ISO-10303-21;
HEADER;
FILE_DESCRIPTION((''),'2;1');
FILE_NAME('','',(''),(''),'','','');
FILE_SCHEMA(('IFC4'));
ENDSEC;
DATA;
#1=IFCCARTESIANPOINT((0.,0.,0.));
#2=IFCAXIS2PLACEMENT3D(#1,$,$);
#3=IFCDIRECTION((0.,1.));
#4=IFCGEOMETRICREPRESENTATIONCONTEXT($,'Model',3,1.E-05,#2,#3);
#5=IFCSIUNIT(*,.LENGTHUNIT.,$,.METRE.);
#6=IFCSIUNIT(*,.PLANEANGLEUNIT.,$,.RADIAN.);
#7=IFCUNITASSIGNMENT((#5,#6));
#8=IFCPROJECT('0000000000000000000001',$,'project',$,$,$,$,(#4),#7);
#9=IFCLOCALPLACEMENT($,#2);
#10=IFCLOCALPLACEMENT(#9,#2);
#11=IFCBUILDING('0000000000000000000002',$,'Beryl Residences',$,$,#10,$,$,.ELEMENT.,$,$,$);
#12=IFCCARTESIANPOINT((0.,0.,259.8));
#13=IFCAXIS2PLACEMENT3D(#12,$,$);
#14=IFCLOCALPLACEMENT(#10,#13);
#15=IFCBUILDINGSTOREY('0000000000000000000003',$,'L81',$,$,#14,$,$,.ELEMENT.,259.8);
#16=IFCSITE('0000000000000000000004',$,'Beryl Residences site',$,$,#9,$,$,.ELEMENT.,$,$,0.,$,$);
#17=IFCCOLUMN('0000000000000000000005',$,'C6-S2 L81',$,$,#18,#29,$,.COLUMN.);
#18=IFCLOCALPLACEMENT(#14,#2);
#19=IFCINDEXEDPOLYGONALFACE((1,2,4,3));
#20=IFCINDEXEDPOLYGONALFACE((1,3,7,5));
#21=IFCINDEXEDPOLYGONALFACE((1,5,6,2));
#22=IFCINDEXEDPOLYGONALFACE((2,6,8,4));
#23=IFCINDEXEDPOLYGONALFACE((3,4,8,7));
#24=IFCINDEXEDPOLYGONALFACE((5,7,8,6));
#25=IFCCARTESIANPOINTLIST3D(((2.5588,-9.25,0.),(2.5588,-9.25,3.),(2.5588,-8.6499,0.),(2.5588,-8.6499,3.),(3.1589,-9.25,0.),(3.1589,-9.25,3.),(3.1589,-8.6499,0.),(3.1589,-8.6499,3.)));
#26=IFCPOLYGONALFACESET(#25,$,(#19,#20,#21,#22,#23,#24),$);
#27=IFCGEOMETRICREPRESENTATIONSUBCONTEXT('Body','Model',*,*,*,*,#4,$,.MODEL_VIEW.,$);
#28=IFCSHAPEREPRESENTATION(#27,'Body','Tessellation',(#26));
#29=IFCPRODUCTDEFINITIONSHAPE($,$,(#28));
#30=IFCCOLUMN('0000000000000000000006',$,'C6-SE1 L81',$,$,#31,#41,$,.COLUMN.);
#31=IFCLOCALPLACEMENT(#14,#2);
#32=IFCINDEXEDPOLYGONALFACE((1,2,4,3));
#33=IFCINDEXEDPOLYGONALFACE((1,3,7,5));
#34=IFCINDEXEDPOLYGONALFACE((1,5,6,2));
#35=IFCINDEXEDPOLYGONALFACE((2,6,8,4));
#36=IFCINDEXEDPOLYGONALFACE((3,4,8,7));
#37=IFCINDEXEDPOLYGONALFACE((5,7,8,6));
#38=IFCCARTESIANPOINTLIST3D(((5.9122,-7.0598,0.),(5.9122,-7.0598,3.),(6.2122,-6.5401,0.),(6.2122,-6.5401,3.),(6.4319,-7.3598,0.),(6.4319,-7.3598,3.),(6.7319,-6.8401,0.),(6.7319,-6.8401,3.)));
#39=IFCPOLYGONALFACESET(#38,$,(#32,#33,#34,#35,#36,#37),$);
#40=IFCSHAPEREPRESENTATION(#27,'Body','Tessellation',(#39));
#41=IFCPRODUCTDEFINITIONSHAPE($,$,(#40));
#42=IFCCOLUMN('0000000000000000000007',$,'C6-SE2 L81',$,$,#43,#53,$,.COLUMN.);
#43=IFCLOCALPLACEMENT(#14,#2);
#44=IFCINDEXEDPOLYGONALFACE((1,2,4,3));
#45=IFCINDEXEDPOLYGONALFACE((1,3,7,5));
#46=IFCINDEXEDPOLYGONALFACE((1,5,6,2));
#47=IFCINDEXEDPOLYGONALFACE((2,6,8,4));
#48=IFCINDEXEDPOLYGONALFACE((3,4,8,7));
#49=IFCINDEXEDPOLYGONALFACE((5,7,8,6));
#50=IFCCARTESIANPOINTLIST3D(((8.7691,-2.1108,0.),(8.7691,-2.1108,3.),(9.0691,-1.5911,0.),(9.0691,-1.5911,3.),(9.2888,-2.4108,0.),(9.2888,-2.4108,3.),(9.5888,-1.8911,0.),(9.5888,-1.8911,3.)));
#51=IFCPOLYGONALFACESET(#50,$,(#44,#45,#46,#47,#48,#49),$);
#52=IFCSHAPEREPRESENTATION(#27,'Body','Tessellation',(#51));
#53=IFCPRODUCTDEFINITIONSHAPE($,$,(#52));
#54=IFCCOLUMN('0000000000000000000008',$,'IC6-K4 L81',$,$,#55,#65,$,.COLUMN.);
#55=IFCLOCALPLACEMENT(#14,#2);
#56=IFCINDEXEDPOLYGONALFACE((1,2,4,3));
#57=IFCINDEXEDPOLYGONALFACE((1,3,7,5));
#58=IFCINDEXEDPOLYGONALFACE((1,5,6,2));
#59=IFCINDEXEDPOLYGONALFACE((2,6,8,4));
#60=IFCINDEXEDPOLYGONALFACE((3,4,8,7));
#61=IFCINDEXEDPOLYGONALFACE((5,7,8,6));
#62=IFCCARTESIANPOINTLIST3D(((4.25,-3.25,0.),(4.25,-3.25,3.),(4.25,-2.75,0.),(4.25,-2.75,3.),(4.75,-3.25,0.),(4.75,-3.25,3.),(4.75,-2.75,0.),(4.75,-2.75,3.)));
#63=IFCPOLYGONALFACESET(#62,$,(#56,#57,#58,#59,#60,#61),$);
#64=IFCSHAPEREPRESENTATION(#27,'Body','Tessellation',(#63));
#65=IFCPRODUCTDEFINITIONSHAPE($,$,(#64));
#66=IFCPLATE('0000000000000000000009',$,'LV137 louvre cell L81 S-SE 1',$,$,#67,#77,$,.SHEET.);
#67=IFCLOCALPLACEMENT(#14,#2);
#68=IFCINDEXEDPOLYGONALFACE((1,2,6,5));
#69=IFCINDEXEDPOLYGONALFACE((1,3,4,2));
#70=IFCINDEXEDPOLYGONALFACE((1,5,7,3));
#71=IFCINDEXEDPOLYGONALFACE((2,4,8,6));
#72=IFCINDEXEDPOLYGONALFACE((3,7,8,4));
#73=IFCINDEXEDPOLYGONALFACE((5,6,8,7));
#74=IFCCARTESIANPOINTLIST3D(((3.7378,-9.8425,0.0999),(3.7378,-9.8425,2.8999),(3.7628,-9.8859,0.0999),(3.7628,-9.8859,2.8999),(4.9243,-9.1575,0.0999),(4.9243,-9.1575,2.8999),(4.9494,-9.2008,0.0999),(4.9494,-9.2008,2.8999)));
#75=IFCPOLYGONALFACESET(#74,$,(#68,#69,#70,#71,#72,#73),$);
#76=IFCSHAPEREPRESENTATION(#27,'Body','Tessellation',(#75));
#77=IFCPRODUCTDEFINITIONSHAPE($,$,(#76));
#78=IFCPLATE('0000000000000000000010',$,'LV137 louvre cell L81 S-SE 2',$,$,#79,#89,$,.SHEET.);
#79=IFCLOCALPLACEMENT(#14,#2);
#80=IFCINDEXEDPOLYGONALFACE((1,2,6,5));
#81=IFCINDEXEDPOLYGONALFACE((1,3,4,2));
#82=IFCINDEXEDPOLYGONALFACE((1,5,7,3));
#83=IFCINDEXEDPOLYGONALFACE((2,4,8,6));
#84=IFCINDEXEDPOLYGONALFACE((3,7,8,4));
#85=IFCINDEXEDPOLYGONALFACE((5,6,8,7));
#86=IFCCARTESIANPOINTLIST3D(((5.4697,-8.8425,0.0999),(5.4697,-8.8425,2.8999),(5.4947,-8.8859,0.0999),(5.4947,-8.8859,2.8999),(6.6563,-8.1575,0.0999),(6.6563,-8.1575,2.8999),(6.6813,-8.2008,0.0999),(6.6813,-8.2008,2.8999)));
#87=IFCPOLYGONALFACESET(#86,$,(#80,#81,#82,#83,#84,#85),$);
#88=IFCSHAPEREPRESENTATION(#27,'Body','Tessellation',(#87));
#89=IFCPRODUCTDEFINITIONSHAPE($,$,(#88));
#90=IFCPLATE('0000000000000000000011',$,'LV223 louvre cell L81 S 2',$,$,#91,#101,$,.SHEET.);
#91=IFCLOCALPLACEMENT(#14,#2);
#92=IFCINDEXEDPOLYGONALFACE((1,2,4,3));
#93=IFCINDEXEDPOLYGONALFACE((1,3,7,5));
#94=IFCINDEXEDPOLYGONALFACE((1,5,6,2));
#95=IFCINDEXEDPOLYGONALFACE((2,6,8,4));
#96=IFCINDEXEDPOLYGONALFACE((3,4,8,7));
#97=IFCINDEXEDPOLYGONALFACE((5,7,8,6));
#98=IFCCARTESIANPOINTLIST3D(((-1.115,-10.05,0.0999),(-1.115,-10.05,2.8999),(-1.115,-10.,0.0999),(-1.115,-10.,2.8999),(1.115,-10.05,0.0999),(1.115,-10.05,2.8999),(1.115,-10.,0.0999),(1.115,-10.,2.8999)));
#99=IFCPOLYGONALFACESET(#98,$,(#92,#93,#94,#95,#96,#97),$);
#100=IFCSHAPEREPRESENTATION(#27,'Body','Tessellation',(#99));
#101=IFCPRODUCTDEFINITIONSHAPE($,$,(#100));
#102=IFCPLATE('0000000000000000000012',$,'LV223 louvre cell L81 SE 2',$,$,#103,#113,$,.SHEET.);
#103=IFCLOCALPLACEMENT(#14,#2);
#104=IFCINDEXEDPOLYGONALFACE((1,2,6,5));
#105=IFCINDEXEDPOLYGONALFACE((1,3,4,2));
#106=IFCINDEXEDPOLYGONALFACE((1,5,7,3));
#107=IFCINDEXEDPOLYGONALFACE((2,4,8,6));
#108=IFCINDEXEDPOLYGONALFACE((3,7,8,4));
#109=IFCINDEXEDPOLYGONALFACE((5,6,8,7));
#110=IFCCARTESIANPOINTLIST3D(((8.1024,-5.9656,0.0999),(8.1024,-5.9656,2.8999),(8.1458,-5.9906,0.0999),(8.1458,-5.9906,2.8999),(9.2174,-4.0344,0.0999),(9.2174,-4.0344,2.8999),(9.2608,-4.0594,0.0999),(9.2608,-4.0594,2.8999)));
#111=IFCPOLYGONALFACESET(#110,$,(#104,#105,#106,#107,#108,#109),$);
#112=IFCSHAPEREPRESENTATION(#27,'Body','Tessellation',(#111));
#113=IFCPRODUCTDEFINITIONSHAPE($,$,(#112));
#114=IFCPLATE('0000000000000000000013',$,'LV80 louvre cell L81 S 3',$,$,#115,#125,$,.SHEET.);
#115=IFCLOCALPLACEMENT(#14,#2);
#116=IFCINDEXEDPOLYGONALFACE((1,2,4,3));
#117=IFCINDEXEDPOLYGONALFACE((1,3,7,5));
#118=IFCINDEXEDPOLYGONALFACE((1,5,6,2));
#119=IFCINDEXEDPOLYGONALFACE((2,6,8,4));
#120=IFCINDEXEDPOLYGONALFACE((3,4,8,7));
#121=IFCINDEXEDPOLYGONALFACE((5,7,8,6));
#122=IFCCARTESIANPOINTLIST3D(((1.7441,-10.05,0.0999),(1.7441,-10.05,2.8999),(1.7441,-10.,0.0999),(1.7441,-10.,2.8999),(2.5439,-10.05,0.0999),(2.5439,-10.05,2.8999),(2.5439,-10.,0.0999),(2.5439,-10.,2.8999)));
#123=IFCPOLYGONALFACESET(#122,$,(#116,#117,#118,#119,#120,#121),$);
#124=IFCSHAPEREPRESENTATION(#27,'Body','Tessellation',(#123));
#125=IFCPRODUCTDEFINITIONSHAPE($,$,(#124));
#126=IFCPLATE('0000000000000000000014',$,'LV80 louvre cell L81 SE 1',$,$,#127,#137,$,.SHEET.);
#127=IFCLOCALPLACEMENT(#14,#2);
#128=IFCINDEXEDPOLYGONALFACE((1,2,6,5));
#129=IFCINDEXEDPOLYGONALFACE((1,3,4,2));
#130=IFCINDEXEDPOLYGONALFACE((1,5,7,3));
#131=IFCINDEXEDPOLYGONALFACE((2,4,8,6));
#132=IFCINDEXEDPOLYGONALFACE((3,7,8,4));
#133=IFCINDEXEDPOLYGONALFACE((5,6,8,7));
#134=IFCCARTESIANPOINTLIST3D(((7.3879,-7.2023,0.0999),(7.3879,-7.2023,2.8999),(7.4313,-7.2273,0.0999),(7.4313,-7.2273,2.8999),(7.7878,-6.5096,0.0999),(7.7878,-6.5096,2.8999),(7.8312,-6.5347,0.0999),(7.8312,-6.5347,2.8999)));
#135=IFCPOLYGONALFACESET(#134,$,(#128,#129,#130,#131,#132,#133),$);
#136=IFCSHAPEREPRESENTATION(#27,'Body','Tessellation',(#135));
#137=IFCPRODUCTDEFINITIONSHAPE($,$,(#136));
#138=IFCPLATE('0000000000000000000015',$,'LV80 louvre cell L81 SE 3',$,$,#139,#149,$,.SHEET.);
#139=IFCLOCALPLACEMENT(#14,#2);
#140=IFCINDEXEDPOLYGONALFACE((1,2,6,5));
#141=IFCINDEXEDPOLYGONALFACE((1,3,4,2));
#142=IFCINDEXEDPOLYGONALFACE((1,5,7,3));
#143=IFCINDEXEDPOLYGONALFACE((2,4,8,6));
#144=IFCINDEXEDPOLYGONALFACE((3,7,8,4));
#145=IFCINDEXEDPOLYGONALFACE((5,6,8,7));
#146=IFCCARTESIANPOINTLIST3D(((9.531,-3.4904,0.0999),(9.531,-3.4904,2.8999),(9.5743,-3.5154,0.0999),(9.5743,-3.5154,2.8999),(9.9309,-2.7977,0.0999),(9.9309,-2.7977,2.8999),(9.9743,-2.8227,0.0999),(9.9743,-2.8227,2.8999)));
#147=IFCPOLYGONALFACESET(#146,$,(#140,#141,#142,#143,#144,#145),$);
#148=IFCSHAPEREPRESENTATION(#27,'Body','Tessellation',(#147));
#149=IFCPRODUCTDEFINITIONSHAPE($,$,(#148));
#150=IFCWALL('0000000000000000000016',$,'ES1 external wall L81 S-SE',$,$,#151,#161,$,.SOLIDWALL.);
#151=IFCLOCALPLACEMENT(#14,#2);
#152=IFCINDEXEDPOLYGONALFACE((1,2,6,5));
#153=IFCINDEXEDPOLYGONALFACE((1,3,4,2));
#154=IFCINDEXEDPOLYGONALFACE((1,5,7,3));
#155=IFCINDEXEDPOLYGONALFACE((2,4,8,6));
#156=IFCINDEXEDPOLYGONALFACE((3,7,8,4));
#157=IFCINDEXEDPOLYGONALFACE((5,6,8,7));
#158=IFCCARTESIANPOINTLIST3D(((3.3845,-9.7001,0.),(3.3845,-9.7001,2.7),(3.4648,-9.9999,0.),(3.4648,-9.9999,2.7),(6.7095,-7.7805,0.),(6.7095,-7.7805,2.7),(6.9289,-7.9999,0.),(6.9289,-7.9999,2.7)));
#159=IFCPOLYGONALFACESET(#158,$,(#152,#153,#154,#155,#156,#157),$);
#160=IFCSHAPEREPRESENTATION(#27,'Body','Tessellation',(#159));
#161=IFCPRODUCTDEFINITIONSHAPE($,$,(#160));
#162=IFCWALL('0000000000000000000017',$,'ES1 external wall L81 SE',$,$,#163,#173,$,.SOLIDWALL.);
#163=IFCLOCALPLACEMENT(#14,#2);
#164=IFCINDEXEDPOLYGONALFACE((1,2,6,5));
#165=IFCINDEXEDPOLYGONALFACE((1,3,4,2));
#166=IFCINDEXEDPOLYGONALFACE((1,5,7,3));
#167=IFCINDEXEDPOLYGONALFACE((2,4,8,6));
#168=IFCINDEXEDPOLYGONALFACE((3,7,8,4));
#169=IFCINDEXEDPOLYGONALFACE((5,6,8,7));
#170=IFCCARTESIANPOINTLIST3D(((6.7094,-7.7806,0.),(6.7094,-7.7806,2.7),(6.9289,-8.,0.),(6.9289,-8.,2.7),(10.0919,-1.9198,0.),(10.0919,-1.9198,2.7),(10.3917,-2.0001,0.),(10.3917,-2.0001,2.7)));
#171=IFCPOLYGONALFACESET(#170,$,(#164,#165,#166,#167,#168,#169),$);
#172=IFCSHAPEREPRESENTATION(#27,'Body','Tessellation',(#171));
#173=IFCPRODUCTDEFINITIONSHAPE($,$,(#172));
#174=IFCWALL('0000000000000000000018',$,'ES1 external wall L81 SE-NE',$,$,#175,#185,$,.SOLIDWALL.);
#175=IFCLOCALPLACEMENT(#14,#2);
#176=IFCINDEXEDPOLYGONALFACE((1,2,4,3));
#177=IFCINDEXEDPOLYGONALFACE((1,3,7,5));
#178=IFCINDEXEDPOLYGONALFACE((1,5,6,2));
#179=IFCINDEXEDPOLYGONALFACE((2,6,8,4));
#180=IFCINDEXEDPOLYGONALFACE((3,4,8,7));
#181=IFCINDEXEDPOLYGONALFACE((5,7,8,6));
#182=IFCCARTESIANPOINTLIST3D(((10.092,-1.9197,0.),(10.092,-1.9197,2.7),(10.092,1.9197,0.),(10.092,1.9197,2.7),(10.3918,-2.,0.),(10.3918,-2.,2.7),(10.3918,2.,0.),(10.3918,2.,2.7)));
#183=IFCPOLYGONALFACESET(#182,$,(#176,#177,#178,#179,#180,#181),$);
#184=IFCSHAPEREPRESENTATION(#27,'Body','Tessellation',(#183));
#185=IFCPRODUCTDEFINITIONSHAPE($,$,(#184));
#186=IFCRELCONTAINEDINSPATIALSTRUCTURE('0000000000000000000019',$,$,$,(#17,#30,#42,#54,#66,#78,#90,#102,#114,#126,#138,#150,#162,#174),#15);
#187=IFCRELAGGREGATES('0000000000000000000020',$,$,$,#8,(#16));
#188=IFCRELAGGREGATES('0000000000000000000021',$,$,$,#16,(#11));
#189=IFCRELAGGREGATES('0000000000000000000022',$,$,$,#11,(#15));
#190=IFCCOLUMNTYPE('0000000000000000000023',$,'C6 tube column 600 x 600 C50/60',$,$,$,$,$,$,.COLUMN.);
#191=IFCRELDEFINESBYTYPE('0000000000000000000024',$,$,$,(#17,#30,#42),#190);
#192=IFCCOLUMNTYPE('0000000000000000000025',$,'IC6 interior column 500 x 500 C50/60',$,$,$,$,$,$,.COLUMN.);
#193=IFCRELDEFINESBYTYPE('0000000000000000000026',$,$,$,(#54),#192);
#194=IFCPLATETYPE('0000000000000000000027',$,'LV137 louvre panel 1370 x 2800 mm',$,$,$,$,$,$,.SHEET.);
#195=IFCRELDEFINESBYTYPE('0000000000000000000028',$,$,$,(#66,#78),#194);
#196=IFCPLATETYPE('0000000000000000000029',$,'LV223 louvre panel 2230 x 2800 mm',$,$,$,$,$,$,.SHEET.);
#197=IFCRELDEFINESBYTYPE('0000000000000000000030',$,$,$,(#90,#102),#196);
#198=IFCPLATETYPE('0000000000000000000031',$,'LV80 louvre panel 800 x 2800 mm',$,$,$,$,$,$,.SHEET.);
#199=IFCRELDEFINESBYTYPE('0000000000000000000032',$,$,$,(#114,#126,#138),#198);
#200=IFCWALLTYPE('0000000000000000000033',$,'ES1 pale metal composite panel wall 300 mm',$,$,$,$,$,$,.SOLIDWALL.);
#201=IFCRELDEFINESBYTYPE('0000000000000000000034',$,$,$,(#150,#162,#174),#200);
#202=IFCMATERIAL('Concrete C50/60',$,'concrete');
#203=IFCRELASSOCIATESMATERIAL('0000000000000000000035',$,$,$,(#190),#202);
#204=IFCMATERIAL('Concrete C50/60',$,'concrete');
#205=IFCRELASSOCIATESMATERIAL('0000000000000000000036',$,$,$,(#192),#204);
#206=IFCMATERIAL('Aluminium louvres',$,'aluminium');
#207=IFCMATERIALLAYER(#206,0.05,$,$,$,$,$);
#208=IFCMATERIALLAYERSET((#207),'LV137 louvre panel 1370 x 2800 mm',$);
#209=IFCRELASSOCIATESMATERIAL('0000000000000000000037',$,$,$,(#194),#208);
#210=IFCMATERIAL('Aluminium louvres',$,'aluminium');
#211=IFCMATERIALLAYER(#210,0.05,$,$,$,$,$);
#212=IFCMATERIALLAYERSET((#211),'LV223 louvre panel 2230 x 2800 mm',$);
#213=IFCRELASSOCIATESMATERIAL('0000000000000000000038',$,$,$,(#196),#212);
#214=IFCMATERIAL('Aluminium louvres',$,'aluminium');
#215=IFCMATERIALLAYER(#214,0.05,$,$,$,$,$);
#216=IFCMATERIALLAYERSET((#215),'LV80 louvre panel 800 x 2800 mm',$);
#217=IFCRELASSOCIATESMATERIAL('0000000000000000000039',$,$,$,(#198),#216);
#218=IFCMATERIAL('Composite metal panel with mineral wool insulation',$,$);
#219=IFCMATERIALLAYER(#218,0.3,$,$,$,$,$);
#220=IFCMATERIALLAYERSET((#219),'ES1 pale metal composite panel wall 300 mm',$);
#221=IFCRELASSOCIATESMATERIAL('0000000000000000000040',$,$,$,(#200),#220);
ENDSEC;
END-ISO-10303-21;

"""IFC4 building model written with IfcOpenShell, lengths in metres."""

from ifc_helpers import new_model, si_unit, direction, frame, origin, origin_2d, place, context, subcontext, project, spatial, polyline, rectangle, outline, extrude, source, transform, mapped, material, layer, layer_set, material_profile, profile_set, type_object, type_shapes, element, save


model = new_model("IFC4")

# Units and contexts
model_context = context("Model", 3, precision=1e-05, world=origin(), true_north=direction((0.0, 1.0)))
body_context = subcontext(model_context, "Body", "Model", "MODEL_VIEW")
ifc_project = project(units=[si_unit("LENGTHUNIT", "METRE"), si_unit("PLANEANGLEUNIT", "RADIAN")], contexts=[model_context])

# Site, building, storey
site_placement = place(None, origin())
site = spatial("IfcSite", under=ifc_project, at=site_placement, Name="Beryl Residences site", CompositionType="ELEMENT", RefElevation=0.0)
building_placement = place(site_placement, origin())
building = spatial("IfcBuilding", under=site, at=building_placement, Name="Beryl Residences", CompositionType="ELEMENT")
storey_placement = place(building_placement, frame((0.0, 0.0, 259.8)))
storey = spatial("IfcBuildingStorey", under=building, at=storey_placement, Name="L81", CompositionType="ELEMENT", Elevation=259.8)

# Columns
ifc_material_1 = material(Name="Concrete C50/60", Category="concrete")
ifc_material_profile_1 = material_profile(ifc_material_1, rectangle(XDim=0.6001, YDim=0.6001, at=origin_2d()))
ifc_profile_set_1 = profile_set([ifc_material_profile_1], Name="Concrete C50/60")
column_type_1 = type_object("IfcColumnType", Name="C6 tube column 600 x 600 C50/60", PredefinedType="COLUMN", material=ifc_profile_set_1)
for number, where, z_axis, x_axis, name in (
    (1, (2.8589, -8.95, 0.0), (0.0, 0.0, 1.0), (1.0, 0.0, 0.0), "C6-S2 L81"),
    (2, (6.322, -6.95, 0.0), (0.0, 0.0, 1.0), (0.49997, 0.866043, 0.0), "C6-SE1 L81"),
    (3, (9.179, -2.001, 0.0), (0.0, 0.0, 1.0), (0.49997, 0.866043, 0.0), "C6-SE2 L81"),
):
    element("IfcColumn", number, at=place(storey_placement, frame(where, z_axis=z_axis, x_axis=x_axis)), inside=storey, type_object=column_type_1, Name=name, PredefinedType="COLUMN", context=body_context, shape_type="SweptSolid", body=[
        extrude(rectangle(XDim=0.6001, YDim=0.6001, at=origin_2d()), origin(), (0.0, 0.0, 1.0), 3.0),
    ])
ifc_material_2 = material(Name="Concrete C50/60", Category="concrete")
ifc_material_profile_2 = material_profile(ifc_material_2, rectangle(XDim=0.5, YDim=0.5, at=origin_2d()))
ifc_profile_set_2 = profile_set([ifc_material_profile_2], Name="Concrete C50/60")
column_type_2 = type_object("IfcColumnType", Name="IC6 interior column 500 x 500 C50/60", PredefinedType="COLUMN", material=ifc_profile_set_2)
column_placement = place(storey_placement, frame((4.5, -3.0, 0.0), z_axis=(0.0, 0.0, 1.0), x_axis=(1.0, 0.0, 0.0)))
element("IfcColumn", 4, at=column_placement, inside=storey, type_object=column_type_2, Name="IC6-K4 L81", PredefinedType="COLUMN", context=body_context, shape_type="SweptSolid", body=[
    extrude(rectangle(XDim=0.5, YDim=0.5, at=origin_2d()), origin(), (0.0, 0.0, 1.0), 3.0),
])

# Plates
ifc_material_3 = material(Name="Aluminium louvres", Category="aluminium")
ifc_layer_1 = layer(ifc_material_3, 0.05)
ifc_layer_set_1 = layer_set([ifc_layer_1], Name="LV137 louvre panel 1370 x 2800 mm")
plate_type_1 = type_object("IfcPlateType", Name="LV137 louvre panel 1370 x 2800 mm", PredefinedType="SHEET", material=ifc_layer_set_1)
shared_shape_1 = source(origin(), body_context, "Body", "SweptSolid", [
    extrude(outline(polyline([(-0.6851, 0.0), (0.6851, 0.0), (0.6851, 0.05), (-0.6851, 0.05), (-0.6851, 0.0)])), origin(), (0.0, 0.0, 1.0), 2.8),
])
type_shapes(plate_type_1, [shared_shape_1])
for number, where, z_axis, x_axis, name in (
    (5, (4.3311, -9.5, 0.0999), (0.0, 0.0, 1.0), (-0.866025, -0.5, 0.0), "LV137 louvre cell L81 S-SE 1"),
    (6, (6.063, -8.5, 0.0999), (0.0, 0.0, 1.0), (-0.866025, -0.5, 0.0), "LV137 louvre cell L81 S-SE 2"),
):
    element("IfcPlate", number, at=place(storey_placement, frame(where, z_axis=z_axis, x_axis=x_axis)), inside=storey, type_object=plate_type_1, Name=name, PredefinedType="SHEET", context=body_context, shape_type="MappedRepresentation", body=[
        mapped(shared_shape_1, transform((0.0, 0.0, 0.0))),
    ])
ifc_material_4 = material(Name="Aluminium louvres", Category="aluminium")
ifc_layer_2 = layer(ifc_material_4, 0.05)
ifc_layer_set_2 = layer_set([ifc_layer_2], Name="LV223 louvre panel 2230 x 2800 mm")
plate_type_2 = type_object("IfcPlateType", Name="LV223 louvre panel 2230 x 2800 mm", PredefinedType="SHEET", material=ifc_layer_set_2)
shared_shape_2 = source(origin(), body_context, "Body", "SweptSolid", [
    extrude(outline(polyline([(-1.115, 0.0), (1.115, 0.0), (1.115, 0.05), (-1.115, 0.05), (-1.115, 0.0)])), origin(), (0.0, 0.0, 1.0), 2.8),
])
type_shapes(plate_type_2, [shared_shape_2])
for number, where, z_axis, x_axis, name in (
    (7, (0.0, -10.0, 0.0999), (0.0, 0.0, 1.0), (-1.0, 0.0, 0.0), "LV223 louvre cell L81 S 2"),
    (8, (8.6599, -5.0, 0.0999), (0.0, 0.0, 1.0), (-0.5, -0.866025, 0.0), "LV223 louvre cell L81 SE 2"),
):
    element("IfcPlate", number, at=place(storey_placement, frame(where, z_axis=z_axis, x_axis=x_axis)), inside=storey, type_object=plate_type_2, Name=name, PredefinedType="SHEET", context=body_context, shape_type="MappedRepresentation", body=[
        mapped(shared_shape_2, transform((0.0, 0.0, 0.0))),
    ])
ifc_material_5 = material(Name="Aluminium louvres", Category="aluminium")
ifc_layer_3 = layer(ifc_material_5, 0.05)
ifc_layer_set_3 = layer_set([ifc_layer_3], Name="LV80 louvre panel 800 x 2800 mm")
plate_type_3 = type_object("IfcPlateType", Name="LV80 louvre panel 800 x 2800 mm", PredefinedType="SHEET", material=ifc_layer_set_3)
shared_shape_3 = source(origin(), body_context, "Body", "SweptSolid", [
    extrude(outline(polyline([(-0.3999, 0.0), (0.3999, 0.0), (0.3999, 0.05), (-0.3999, 0.05), (-0.3999, 0.0)])), origin(), (0.0, 0.0, 1.0), 2.8),
])
type_shapes(plate_type_3, [shared_shape_3])
for number, where, z_axis, x_axis, name in (
    (9, (2.144, -10.0, 0.0999), (0.0, 0.0, 1.0), (-1.0, 0.0, 0.0), "LV80 louvre cell L81 S 3"),
    (10, (7.5879, -6.856, 0.0999), (0.0, 0.0, 1.0), (-0.5, -0.866025, 0.0), "LV80 louvre cell L81 SE 1"),
    (11, (9.731, -3.144, 0.0999), (0.0, 0.0, 1.0), (-0.5, -0.866025, 0.0), "LV80 louvre cell L81 SE 3"),
):
    element("IfcPlate", number, at=place(storey_placement, frame(where, z_axis=z_axis, x_axis=x_axis)), inside=storey, type_object=plate_type_3, Name=name, PredefinedType="SHEET", context=body_context, shape_type="MappedRepresentation", body=[
        mapped(shared_shape_3, transform((0.0, 0.0, 0.0))),
    ])

# Walls
ifc_material_6 = material(Name="Composite metal panel with mineral wool insulation")
ifc_layer_4 = layer(ifc_material_6, 0.3)
ifc_layer_set_4 = layer_set([ifc_layer_4], Name="ES1 pale metal composite panel wall 300 mm")
wall_type = type_object("IfcWallType", Name="ES1 pale metal composite panel wall 300 mm", PredefinedType="SOLIDWALL", material=ifc_layer_set_4)
wall_1_placement = place(storey_placement, frame((3.3899, -9.8701, 0.0), z_axis=(0.0, 0.0, 1.0), x_axis=(0.866026, 0.499999, 0.0)))
element("IfcWall", 12, at=wall_1_placement, inside=storey, type_object=wall_type, Name="ES1 external wall L81 S-SE", PredefinedType="SOLIDWALL", context=body_context, shape_type="SweptSolid", body=[
    extrude(outline(polyline([(0.0, -0.1499), (4.0, -0.1499), (3.9197, 0.1499), (0.0803, 0.1499), (0.0, -0.1499)])), origin(), (0.0, 0.0, 1.0), 2.7),
])
wall_2_placement = place(storey_placement, frame((6.7991, -7.925, 0.0), z_axis=(0.0, 0.0, 1.0), x_axis=(0.499869, 0.866101, 0.0)))
element("IfcWall", 13, at=wall_2_placement, inside=storey, type_object=wall_type, Name="ES1 external wall L81 SE", PredefinedType="SOLIDWALL", context=body_context, shape_type="SweptSolid", body=[
    extrude(outline(polyline([(0.0, -0.1499), (6.9275, -0.1499), (6.8472, 0.1499), (0.0803, 0.1499), (0.0, -0.1499)])), origin(), (0.0, 0.0, 1.0), 2.7),
])
wall_3_placement = place(storey_placement, frame((10.2419, -2.0, 0.0), z_axis=(0.0, 0.0, 1.0), x_axis=(0.0, 1.0, 0.0)))
element("IfcWall", 14, at=wall_3_placement, inside=storey, type_object=wall_type, Name="ES1 external wall L81 SE-NE", PredefinedType="SOLIDWALL", context=body_context, shape_type="SweptSolid", body=[
    extrude(outline(polyline([(0.0, -0.1499), (4.0, -0.1499), (3.9197, 0.1499), (0.0803, 0.1499), (0.0, -0.1499)])), origin(), (0.0, 0.0, 1.0), 2.7),
])

save(model, "model.ifc")
